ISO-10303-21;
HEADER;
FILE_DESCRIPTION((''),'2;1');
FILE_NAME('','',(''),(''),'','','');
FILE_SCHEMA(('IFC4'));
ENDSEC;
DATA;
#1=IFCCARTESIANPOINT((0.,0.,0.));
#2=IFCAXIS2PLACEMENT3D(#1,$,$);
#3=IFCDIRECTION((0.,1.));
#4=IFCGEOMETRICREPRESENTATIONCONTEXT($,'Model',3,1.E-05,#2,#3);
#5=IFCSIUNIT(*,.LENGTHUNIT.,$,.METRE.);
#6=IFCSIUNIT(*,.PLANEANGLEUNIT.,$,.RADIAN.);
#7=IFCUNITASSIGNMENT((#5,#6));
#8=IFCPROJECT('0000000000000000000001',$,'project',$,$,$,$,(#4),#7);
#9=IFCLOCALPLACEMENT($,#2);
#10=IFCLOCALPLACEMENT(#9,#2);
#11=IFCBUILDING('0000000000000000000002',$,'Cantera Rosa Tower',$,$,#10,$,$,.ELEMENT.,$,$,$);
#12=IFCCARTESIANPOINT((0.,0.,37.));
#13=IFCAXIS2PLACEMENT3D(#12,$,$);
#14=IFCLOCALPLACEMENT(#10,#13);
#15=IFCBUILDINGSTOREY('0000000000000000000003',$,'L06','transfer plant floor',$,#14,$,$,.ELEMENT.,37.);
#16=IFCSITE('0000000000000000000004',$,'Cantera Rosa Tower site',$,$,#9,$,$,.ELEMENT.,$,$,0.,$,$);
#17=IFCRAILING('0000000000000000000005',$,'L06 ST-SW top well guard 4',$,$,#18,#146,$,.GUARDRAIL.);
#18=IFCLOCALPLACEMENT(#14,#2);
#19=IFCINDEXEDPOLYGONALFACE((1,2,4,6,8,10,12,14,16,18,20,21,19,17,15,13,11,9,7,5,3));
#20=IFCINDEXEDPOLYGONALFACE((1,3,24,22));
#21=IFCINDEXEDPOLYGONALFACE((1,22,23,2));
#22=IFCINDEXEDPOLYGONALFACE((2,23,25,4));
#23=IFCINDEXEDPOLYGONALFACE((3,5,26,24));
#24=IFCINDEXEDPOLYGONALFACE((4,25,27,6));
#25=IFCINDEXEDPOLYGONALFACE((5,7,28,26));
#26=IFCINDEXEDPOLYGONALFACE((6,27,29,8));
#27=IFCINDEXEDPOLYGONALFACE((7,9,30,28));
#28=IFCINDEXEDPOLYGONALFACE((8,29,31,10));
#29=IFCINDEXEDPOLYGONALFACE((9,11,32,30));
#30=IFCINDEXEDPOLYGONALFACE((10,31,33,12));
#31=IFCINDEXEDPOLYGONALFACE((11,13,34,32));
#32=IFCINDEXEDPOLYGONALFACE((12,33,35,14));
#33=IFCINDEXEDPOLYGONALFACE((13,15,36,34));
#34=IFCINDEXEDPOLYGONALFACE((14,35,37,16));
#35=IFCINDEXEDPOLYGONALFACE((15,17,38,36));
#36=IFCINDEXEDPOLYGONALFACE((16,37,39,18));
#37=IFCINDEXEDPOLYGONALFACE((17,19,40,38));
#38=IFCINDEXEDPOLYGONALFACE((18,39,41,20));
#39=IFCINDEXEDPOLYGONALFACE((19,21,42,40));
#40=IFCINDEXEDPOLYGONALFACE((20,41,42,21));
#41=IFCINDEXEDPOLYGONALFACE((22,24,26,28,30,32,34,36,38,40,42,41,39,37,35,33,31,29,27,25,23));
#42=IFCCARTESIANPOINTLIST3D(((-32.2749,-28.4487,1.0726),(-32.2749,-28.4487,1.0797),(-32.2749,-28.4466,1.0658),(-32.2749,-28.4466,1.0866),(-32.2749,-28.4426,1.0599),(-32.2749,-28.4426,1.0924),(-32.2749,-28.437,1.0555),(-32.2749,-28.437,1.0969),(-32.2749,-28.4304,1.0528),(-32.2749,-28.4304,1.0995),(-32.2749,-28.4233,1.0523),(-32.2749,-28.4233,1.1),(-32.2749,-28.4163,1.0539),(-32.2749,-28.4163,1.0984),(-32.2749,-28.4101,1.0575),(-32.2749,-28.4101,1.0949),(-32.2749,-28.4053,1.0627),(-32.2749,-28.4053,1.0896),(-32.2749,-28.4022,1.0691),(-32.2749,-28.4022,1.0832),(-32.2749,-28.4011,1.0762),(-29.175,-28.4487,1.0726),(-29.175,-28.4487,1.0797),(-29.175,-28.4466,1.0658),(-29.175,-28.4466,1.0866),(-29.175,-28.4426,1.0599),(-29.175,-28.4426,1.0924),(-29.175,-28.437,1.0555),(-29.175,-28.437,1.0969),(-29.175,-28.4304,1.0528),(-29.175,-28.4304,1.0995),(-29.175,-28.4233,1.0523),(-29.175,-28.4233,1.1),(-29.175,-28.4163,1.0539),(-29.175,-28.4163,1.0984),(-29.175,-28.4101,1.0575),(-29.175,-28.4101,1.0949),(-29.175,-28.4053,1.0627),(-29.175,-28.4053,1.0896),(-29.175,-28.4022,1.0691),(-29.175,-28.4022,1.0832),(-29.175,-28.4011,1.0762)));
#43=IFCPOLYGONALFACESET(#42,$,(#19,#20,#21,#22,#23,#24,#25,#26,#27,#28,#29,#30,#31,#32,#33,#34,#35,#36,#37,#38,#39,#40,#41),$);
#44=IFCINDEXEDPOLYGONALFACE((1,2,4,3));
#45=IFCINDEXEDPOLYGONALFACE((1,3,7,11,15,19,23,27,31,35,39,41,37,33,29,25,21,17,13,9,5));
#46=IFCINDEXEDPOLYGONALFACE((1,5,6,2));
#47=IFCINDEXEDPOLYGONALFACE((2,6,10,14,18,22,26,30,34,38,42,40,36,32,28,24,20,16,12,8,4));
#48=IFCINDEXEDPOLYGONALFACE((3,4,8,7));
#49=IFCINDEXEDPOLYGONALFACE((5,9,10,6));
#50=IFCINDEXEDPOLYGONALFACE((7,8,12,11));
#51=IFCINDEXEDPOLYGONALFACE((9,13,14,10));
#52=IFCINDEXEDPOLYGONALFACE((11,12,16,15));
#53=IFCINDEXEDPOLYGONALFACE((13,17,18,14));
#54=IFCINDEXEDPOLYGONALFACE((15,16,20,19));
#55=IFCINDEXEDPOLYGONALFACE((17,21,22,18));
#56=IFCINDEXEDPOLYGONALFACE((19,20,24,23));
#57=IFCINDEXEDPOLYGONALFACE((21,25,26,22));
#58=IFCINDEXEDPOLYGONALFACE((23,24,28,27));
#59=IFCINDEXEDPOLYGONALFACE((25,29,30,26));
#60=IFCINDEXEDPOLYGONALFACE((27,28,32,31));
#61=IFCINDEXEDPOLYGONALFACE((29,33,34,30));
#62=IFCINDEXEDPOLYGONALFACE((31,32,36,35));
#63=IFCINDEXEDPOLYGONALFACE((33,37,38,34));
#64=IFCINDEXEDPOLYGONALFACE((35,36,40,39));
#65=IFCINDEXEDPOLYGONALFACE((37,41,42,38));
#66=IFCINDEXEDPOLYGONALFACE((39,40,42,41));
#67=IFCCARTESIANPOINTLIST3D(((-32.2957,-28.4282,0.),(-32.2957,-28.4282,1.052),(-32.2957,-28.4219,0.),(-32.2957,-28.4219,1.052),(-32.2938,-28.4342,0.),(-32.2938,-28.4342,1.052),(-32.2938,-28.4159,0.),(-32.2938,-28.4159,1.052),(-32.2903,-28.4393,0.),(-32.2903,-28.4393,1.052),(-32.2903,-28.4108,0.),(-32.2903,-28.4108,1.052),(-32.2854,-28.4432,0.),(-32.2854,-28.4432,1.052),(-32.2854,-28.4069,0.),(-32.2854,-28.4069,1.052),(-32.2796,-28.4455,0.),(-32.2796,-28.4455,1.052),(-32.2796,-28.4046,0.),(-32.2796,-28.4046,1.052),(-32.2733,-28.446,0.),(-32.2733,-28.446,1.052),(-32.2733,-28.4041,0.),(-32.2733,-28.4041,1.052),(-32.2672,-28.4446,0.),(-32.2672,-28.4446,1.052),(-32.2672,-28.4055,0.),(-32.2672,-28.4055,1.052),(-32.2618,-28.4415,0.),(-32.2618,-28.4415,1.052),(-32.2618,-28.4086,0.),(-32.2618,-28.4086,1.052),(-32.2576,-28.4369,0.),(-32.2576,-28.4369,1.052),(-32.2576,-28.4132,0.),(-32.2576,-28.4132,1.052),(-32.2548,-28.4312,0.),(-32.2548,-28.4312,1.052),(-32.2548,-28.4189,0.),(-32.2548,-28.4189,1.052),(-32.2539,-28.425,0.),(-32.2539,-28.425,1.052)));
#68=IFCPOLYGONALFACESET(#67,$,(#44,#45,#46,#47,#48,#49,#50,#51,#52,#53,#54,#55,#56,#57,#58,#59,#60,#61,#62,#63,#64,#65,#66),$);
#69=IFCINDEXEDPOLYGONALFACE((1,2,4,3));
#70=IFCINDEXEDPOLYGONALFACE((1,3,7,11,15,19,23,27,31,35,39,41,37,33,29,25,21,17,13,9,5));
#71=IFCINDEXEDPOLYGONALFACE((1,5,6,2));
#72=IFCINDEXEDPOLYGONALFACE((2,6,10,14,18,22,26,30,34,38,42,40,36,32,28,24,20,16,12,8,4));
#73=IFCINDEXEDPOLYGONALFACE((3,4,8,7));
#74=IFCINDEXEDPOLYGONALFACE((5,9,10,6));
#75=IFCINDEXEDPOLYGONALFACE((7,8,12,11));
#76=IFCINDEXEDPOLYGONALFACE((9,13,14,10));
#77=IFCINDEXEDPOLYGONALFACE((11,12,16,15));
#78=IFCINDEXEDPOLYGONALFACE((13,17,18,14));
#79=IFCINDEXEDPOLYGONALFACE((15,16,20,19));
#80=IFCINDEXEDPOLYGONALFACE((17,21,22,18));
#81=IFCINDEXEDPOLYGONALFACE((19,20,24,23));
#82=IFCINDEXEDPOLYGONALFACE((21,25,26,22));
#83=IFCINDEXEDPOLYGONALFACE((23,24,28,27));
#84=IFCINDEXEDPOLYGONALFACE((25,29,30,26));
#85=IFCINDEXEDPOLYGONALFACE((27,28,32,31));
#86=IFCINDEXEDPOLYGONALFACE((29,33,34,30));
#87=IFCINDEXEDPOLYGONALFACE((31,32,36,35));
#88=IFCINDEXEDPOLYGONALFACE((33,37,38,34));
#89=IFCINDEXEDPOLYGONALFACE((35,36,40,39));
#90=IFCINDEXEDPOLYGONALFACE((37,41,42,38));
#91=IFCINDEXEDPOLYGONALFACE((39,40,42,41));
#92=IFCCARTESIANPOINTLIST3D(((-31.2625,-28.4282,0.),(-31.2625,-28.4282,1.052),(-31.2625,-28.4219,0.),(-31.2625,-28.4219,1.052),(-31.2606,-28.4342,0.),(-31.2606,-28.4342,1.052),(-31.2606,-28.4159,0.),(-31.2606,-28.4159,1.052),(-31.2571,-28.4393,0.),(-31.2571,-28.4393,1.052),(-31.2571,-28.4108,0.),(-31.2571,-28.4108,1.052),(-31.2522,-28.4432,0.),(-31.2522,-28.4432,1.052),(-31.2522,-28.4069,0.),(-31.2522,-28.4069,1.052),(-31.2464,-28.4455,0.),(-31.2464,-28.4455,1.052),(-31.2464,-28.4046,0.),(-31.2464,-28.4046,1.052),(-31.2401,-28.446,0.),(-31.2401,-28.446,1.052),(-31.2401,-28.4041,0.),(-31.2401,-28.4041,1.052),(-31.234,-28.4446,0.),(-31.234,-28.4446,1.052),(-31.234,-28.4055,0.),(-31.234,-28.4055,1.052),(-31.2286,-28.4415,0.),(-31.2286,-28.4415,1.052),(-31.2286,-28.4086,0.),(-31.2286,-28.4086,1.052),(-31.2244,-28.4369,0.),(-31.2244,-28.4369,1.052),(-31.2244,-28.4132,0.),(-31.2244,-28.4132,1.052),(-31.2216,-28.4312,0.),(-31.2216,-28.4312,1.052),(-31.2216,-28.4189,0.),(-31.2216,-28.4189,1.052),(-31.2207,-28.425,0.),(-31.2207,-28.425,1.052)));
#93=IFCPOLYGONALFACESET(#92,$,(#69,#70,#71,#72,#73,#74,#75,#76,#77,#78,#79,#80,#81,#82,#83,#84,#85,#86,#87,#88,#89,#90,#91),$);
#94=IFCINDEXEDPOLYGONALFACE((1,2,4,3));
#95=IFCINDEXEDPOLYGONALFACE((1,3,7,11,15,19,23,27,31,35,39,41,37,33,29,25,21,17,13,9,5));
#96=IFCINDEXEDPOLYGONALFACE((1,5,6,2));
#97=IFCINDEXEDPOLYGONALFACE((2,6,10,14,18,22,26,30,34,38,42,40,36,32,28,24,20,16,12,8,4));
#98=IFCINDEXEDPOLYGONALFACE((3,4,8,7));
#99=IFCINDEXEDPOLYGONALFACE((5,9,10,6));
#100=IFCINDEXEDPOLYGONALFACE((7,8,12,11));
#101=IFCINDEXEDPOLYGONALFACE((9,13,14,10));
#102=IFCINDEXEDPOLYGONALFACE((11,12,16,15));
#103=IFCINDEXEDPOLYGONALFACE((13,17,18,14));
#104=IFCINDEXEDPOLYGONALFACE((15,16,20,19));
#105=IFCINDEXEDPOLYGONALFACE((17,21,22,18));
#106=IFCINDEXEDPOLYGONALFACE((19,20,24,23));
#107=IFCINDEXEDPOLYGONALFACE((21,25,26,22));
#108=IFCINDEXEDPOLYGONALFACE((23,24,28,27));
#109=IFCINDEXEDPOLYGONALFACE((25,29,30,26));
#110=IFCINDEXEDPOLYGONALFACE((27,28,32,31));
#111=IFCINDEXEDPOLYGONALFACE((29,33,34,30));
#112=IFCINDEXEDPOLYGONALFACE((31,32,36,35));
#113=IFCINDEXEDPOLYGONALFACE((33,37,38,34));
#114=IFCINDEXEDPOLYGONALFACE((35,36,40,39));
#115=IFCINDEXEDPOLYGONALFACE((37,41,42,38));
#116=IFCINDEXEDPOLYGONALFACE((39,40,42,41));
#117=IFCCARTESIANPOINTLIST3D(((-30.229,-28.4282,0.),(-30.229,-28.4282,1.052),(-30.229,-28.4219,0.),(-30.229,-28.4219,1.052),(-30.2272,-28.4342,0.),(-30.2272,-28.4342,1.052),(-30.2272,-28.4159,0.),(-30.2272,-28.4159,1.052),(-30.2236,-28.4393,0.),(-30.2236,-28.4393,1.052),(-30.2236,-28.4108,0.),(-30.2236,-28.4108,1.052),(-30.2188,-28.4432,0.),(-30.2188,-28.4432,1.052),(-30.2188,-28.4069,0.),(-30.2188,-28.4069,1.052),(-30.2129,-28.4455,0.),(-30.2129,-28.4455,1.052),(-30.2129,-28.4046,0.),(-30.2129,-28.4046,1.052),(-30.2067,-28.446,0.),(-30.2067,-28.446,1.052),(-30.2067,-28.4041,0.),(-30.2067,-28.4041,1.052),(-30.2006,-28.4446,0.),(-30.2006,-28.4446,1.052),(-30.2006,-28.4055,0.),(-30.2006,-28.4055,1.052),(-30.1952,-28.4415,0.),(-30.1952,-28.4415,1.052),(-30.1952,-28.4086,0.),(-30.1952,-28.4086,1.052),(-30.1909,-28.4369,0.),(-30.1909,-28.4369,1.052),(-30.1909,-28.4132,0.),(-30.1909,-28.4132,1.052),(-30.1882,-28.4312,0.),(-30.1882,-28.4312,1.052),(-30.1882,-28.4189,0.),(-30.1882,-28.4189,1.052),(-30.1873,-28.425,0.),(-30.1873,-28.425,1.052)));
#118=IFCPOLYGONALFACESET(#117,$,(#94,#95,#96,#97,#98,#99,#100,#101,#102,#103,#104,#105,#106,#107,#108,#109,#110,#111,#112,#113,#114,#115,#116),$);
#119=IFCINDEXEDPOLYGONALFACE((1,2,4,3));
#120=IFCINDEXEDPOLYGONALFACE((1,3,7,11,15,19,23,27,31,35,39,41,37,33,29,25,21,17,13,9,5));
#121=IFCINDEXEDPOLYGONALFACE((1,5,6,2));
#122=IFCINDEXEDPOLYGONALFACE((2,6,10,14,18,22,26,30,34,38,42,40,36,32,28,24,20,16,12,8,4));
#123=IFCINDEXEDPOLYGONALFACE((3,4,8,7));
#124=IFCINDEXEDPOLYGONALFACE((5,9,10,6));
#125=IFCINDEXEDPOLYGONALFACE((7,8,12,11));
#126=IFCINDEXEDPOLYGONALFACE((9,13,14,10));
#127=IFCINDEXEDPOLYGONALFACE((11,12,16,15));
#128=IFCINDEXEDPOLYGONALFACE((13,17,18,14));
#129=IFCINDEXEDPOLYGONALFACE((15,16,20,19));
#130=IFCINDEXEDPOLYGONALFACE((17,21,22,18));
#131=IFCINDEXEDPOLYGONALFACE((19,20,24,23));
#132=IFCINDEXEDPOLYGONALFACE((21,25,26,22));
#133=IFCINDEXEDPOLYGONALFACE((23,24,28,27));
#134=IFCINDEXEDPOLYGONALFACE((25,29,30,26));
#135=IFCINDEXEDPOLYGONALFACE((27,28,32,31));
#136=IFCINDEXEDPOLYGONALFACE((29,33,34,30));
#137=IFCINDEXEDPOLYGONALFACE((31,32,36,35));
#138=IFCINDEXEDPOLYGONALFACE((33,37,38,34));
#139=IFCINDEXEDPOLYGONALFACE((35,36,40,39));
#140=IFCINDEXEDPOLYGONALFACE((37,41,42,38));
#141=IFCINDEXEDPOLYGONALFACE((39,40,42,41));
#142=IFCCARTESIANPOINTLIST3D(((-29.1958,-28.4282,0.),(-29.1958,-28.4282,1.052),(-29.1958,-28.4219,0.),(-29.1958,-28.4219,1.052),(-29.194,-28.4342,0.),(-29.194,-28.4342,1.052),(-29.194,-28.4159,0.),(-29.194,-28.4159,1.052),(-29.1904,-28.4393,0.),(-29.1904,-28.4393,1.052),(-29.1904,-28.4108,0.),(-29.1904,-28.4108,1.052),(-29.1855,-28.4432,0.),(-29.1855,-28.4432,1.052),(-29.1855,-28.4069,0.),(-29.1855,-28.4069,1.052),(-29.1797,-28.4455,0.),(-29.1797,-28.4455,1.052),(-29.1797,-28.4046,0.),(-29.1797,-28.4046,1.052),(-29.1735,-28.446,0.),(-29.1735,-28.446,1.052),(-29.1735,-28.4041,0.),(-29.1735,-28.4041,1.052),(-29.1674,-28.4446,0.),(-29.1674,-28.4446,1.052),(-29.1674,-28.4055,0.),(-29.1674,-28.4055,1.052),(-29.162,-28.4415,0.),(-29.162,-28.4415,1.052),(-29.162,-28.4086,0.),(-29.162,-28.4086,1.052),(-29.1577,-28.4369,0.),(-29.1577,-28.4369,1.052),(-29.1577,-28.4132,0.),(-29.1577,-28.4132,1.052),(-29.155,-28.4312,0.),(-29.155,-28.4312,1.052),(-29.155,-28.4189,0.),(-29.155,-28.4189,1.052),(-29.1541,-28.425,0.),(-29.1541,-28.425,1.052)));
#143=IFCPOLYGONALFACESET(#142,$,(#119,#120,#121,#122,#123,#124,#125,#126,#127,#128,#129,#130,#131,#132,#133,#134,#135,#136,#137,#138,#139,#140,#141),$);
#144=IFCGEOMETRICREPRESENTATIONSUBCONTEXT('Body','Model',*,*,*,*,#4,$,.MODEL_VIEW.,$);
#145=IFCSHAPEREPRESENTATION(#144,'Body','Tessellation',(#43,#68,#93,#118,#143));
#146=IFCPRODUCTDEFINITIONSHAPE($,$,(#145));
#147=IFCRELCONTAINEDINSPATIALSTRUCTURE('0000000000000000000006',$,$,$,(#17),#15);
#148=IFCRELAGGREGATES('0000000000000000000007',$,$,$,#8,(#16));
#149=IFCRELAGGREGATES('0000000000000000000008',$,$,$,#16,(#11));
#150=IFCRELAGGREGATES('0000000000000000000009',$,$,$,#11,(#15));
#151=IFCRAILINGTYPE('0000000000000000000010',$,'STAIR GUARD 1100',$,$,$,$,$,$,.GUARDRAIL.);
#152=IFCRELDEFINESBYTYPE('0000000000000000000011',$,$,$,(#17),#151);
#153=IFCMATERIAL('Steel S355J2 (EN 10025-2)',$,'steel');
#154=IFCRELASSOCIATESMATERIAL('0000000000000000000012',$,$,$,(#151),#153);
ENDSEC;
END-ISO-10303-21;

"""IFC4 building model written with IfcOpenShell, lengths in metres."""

from ifc_helpers import new_model, si_unit, direction, frame, origin, origin_2d, place, context, subcontext, project, spatial, circle, extrude, material, type_object, element, save


model = new_model("IFC4")

# Units and contexts
model_context = context("Model", 3, precision=1e-05, world=origin(), true_north=direction((0.0, 1.0)))
body_context = subcontext(model_context, "Body", "Model", "MODEL_VIEW")
ifc_project = project(units=[si_unit("LENGTHUNIT", "METRE"), si_unit("PLANEANGLEUNIT", "RADIAN")], contexts=[model_context])

# Site, building, storey
site_placement = place(None, origin())
site = spatial("IfcSite", under=ifc_project, at=site_placement, Name="Cantera Rosa Tower site", CompositionType="ELEMENT", RefElevation=0.0)
building_placement = place(site_placement, origin())
building = spatial("IfcBuilding", under=site, at=building_placement, Name="Cantera Rosa Tower", CompositionType="ELEMENT")
storey_placement = place(building_placement, frame((0.0, 0.0, 37.0)))
storey = spatial("IfcBuildingStorey", under=building, at=storey_placement, Name="L06", Description="transfer plant floor", CompositionType="ELEMENT", Elevation=37.0)

# Railing
ifc_material_1 = material(Name="Steel S355J2 (EN 10025-2)", Category="steel")
railing_type = type_object("IfcRailingType", Name="STAIR GUARD 1100", PredefinedType="GUARDRAIL", material=ifc_material_1)
railing_1_placement = place(storey_placement, frame((-32.2749, -28.425, 0.0)))
element("IfcRailing", 1, at=railing_1_placement, inside=storey, type_object=railing_type, Name="L06 ST-SW top well guard 4", PredefinedType="GUARDRAIL", context=body_context, shape_type="SweptSolid", body=[
    extrude(circle(Radius=0.0239, at=origin_2d()), frame((0.0, 0.0, 1.0762), z_axis=(1.0, 0.0, 0.0), x_axis=(0.0, 1.0, 0.0)), (0.0, 0.0, 1.0), 3.0999),
    extrude(circle(Radius=0.021, at=origin_2d()), origin(), (0.0, 0.0, 1.0), 1.052),
    extrude(circle(Radius=0.021, at=origin_2d()), frame((1.0332, 0.0, 0.0)), (0.0, 0.0, 1.0), 1.052),
    extrude(circle(Radius=0.021, at=origin_2d()), frame((2.0667, 0.0, 0.0)), (0.0, 0.0, 1.0), 1.052),
    extrude(circle(Radius=0.021, at=origin_2d()), frame((3.0999, 0.0, 0.0)), (0.0, 0.0, 1.0), 1.052),
])

save(model, "model.ifc")
